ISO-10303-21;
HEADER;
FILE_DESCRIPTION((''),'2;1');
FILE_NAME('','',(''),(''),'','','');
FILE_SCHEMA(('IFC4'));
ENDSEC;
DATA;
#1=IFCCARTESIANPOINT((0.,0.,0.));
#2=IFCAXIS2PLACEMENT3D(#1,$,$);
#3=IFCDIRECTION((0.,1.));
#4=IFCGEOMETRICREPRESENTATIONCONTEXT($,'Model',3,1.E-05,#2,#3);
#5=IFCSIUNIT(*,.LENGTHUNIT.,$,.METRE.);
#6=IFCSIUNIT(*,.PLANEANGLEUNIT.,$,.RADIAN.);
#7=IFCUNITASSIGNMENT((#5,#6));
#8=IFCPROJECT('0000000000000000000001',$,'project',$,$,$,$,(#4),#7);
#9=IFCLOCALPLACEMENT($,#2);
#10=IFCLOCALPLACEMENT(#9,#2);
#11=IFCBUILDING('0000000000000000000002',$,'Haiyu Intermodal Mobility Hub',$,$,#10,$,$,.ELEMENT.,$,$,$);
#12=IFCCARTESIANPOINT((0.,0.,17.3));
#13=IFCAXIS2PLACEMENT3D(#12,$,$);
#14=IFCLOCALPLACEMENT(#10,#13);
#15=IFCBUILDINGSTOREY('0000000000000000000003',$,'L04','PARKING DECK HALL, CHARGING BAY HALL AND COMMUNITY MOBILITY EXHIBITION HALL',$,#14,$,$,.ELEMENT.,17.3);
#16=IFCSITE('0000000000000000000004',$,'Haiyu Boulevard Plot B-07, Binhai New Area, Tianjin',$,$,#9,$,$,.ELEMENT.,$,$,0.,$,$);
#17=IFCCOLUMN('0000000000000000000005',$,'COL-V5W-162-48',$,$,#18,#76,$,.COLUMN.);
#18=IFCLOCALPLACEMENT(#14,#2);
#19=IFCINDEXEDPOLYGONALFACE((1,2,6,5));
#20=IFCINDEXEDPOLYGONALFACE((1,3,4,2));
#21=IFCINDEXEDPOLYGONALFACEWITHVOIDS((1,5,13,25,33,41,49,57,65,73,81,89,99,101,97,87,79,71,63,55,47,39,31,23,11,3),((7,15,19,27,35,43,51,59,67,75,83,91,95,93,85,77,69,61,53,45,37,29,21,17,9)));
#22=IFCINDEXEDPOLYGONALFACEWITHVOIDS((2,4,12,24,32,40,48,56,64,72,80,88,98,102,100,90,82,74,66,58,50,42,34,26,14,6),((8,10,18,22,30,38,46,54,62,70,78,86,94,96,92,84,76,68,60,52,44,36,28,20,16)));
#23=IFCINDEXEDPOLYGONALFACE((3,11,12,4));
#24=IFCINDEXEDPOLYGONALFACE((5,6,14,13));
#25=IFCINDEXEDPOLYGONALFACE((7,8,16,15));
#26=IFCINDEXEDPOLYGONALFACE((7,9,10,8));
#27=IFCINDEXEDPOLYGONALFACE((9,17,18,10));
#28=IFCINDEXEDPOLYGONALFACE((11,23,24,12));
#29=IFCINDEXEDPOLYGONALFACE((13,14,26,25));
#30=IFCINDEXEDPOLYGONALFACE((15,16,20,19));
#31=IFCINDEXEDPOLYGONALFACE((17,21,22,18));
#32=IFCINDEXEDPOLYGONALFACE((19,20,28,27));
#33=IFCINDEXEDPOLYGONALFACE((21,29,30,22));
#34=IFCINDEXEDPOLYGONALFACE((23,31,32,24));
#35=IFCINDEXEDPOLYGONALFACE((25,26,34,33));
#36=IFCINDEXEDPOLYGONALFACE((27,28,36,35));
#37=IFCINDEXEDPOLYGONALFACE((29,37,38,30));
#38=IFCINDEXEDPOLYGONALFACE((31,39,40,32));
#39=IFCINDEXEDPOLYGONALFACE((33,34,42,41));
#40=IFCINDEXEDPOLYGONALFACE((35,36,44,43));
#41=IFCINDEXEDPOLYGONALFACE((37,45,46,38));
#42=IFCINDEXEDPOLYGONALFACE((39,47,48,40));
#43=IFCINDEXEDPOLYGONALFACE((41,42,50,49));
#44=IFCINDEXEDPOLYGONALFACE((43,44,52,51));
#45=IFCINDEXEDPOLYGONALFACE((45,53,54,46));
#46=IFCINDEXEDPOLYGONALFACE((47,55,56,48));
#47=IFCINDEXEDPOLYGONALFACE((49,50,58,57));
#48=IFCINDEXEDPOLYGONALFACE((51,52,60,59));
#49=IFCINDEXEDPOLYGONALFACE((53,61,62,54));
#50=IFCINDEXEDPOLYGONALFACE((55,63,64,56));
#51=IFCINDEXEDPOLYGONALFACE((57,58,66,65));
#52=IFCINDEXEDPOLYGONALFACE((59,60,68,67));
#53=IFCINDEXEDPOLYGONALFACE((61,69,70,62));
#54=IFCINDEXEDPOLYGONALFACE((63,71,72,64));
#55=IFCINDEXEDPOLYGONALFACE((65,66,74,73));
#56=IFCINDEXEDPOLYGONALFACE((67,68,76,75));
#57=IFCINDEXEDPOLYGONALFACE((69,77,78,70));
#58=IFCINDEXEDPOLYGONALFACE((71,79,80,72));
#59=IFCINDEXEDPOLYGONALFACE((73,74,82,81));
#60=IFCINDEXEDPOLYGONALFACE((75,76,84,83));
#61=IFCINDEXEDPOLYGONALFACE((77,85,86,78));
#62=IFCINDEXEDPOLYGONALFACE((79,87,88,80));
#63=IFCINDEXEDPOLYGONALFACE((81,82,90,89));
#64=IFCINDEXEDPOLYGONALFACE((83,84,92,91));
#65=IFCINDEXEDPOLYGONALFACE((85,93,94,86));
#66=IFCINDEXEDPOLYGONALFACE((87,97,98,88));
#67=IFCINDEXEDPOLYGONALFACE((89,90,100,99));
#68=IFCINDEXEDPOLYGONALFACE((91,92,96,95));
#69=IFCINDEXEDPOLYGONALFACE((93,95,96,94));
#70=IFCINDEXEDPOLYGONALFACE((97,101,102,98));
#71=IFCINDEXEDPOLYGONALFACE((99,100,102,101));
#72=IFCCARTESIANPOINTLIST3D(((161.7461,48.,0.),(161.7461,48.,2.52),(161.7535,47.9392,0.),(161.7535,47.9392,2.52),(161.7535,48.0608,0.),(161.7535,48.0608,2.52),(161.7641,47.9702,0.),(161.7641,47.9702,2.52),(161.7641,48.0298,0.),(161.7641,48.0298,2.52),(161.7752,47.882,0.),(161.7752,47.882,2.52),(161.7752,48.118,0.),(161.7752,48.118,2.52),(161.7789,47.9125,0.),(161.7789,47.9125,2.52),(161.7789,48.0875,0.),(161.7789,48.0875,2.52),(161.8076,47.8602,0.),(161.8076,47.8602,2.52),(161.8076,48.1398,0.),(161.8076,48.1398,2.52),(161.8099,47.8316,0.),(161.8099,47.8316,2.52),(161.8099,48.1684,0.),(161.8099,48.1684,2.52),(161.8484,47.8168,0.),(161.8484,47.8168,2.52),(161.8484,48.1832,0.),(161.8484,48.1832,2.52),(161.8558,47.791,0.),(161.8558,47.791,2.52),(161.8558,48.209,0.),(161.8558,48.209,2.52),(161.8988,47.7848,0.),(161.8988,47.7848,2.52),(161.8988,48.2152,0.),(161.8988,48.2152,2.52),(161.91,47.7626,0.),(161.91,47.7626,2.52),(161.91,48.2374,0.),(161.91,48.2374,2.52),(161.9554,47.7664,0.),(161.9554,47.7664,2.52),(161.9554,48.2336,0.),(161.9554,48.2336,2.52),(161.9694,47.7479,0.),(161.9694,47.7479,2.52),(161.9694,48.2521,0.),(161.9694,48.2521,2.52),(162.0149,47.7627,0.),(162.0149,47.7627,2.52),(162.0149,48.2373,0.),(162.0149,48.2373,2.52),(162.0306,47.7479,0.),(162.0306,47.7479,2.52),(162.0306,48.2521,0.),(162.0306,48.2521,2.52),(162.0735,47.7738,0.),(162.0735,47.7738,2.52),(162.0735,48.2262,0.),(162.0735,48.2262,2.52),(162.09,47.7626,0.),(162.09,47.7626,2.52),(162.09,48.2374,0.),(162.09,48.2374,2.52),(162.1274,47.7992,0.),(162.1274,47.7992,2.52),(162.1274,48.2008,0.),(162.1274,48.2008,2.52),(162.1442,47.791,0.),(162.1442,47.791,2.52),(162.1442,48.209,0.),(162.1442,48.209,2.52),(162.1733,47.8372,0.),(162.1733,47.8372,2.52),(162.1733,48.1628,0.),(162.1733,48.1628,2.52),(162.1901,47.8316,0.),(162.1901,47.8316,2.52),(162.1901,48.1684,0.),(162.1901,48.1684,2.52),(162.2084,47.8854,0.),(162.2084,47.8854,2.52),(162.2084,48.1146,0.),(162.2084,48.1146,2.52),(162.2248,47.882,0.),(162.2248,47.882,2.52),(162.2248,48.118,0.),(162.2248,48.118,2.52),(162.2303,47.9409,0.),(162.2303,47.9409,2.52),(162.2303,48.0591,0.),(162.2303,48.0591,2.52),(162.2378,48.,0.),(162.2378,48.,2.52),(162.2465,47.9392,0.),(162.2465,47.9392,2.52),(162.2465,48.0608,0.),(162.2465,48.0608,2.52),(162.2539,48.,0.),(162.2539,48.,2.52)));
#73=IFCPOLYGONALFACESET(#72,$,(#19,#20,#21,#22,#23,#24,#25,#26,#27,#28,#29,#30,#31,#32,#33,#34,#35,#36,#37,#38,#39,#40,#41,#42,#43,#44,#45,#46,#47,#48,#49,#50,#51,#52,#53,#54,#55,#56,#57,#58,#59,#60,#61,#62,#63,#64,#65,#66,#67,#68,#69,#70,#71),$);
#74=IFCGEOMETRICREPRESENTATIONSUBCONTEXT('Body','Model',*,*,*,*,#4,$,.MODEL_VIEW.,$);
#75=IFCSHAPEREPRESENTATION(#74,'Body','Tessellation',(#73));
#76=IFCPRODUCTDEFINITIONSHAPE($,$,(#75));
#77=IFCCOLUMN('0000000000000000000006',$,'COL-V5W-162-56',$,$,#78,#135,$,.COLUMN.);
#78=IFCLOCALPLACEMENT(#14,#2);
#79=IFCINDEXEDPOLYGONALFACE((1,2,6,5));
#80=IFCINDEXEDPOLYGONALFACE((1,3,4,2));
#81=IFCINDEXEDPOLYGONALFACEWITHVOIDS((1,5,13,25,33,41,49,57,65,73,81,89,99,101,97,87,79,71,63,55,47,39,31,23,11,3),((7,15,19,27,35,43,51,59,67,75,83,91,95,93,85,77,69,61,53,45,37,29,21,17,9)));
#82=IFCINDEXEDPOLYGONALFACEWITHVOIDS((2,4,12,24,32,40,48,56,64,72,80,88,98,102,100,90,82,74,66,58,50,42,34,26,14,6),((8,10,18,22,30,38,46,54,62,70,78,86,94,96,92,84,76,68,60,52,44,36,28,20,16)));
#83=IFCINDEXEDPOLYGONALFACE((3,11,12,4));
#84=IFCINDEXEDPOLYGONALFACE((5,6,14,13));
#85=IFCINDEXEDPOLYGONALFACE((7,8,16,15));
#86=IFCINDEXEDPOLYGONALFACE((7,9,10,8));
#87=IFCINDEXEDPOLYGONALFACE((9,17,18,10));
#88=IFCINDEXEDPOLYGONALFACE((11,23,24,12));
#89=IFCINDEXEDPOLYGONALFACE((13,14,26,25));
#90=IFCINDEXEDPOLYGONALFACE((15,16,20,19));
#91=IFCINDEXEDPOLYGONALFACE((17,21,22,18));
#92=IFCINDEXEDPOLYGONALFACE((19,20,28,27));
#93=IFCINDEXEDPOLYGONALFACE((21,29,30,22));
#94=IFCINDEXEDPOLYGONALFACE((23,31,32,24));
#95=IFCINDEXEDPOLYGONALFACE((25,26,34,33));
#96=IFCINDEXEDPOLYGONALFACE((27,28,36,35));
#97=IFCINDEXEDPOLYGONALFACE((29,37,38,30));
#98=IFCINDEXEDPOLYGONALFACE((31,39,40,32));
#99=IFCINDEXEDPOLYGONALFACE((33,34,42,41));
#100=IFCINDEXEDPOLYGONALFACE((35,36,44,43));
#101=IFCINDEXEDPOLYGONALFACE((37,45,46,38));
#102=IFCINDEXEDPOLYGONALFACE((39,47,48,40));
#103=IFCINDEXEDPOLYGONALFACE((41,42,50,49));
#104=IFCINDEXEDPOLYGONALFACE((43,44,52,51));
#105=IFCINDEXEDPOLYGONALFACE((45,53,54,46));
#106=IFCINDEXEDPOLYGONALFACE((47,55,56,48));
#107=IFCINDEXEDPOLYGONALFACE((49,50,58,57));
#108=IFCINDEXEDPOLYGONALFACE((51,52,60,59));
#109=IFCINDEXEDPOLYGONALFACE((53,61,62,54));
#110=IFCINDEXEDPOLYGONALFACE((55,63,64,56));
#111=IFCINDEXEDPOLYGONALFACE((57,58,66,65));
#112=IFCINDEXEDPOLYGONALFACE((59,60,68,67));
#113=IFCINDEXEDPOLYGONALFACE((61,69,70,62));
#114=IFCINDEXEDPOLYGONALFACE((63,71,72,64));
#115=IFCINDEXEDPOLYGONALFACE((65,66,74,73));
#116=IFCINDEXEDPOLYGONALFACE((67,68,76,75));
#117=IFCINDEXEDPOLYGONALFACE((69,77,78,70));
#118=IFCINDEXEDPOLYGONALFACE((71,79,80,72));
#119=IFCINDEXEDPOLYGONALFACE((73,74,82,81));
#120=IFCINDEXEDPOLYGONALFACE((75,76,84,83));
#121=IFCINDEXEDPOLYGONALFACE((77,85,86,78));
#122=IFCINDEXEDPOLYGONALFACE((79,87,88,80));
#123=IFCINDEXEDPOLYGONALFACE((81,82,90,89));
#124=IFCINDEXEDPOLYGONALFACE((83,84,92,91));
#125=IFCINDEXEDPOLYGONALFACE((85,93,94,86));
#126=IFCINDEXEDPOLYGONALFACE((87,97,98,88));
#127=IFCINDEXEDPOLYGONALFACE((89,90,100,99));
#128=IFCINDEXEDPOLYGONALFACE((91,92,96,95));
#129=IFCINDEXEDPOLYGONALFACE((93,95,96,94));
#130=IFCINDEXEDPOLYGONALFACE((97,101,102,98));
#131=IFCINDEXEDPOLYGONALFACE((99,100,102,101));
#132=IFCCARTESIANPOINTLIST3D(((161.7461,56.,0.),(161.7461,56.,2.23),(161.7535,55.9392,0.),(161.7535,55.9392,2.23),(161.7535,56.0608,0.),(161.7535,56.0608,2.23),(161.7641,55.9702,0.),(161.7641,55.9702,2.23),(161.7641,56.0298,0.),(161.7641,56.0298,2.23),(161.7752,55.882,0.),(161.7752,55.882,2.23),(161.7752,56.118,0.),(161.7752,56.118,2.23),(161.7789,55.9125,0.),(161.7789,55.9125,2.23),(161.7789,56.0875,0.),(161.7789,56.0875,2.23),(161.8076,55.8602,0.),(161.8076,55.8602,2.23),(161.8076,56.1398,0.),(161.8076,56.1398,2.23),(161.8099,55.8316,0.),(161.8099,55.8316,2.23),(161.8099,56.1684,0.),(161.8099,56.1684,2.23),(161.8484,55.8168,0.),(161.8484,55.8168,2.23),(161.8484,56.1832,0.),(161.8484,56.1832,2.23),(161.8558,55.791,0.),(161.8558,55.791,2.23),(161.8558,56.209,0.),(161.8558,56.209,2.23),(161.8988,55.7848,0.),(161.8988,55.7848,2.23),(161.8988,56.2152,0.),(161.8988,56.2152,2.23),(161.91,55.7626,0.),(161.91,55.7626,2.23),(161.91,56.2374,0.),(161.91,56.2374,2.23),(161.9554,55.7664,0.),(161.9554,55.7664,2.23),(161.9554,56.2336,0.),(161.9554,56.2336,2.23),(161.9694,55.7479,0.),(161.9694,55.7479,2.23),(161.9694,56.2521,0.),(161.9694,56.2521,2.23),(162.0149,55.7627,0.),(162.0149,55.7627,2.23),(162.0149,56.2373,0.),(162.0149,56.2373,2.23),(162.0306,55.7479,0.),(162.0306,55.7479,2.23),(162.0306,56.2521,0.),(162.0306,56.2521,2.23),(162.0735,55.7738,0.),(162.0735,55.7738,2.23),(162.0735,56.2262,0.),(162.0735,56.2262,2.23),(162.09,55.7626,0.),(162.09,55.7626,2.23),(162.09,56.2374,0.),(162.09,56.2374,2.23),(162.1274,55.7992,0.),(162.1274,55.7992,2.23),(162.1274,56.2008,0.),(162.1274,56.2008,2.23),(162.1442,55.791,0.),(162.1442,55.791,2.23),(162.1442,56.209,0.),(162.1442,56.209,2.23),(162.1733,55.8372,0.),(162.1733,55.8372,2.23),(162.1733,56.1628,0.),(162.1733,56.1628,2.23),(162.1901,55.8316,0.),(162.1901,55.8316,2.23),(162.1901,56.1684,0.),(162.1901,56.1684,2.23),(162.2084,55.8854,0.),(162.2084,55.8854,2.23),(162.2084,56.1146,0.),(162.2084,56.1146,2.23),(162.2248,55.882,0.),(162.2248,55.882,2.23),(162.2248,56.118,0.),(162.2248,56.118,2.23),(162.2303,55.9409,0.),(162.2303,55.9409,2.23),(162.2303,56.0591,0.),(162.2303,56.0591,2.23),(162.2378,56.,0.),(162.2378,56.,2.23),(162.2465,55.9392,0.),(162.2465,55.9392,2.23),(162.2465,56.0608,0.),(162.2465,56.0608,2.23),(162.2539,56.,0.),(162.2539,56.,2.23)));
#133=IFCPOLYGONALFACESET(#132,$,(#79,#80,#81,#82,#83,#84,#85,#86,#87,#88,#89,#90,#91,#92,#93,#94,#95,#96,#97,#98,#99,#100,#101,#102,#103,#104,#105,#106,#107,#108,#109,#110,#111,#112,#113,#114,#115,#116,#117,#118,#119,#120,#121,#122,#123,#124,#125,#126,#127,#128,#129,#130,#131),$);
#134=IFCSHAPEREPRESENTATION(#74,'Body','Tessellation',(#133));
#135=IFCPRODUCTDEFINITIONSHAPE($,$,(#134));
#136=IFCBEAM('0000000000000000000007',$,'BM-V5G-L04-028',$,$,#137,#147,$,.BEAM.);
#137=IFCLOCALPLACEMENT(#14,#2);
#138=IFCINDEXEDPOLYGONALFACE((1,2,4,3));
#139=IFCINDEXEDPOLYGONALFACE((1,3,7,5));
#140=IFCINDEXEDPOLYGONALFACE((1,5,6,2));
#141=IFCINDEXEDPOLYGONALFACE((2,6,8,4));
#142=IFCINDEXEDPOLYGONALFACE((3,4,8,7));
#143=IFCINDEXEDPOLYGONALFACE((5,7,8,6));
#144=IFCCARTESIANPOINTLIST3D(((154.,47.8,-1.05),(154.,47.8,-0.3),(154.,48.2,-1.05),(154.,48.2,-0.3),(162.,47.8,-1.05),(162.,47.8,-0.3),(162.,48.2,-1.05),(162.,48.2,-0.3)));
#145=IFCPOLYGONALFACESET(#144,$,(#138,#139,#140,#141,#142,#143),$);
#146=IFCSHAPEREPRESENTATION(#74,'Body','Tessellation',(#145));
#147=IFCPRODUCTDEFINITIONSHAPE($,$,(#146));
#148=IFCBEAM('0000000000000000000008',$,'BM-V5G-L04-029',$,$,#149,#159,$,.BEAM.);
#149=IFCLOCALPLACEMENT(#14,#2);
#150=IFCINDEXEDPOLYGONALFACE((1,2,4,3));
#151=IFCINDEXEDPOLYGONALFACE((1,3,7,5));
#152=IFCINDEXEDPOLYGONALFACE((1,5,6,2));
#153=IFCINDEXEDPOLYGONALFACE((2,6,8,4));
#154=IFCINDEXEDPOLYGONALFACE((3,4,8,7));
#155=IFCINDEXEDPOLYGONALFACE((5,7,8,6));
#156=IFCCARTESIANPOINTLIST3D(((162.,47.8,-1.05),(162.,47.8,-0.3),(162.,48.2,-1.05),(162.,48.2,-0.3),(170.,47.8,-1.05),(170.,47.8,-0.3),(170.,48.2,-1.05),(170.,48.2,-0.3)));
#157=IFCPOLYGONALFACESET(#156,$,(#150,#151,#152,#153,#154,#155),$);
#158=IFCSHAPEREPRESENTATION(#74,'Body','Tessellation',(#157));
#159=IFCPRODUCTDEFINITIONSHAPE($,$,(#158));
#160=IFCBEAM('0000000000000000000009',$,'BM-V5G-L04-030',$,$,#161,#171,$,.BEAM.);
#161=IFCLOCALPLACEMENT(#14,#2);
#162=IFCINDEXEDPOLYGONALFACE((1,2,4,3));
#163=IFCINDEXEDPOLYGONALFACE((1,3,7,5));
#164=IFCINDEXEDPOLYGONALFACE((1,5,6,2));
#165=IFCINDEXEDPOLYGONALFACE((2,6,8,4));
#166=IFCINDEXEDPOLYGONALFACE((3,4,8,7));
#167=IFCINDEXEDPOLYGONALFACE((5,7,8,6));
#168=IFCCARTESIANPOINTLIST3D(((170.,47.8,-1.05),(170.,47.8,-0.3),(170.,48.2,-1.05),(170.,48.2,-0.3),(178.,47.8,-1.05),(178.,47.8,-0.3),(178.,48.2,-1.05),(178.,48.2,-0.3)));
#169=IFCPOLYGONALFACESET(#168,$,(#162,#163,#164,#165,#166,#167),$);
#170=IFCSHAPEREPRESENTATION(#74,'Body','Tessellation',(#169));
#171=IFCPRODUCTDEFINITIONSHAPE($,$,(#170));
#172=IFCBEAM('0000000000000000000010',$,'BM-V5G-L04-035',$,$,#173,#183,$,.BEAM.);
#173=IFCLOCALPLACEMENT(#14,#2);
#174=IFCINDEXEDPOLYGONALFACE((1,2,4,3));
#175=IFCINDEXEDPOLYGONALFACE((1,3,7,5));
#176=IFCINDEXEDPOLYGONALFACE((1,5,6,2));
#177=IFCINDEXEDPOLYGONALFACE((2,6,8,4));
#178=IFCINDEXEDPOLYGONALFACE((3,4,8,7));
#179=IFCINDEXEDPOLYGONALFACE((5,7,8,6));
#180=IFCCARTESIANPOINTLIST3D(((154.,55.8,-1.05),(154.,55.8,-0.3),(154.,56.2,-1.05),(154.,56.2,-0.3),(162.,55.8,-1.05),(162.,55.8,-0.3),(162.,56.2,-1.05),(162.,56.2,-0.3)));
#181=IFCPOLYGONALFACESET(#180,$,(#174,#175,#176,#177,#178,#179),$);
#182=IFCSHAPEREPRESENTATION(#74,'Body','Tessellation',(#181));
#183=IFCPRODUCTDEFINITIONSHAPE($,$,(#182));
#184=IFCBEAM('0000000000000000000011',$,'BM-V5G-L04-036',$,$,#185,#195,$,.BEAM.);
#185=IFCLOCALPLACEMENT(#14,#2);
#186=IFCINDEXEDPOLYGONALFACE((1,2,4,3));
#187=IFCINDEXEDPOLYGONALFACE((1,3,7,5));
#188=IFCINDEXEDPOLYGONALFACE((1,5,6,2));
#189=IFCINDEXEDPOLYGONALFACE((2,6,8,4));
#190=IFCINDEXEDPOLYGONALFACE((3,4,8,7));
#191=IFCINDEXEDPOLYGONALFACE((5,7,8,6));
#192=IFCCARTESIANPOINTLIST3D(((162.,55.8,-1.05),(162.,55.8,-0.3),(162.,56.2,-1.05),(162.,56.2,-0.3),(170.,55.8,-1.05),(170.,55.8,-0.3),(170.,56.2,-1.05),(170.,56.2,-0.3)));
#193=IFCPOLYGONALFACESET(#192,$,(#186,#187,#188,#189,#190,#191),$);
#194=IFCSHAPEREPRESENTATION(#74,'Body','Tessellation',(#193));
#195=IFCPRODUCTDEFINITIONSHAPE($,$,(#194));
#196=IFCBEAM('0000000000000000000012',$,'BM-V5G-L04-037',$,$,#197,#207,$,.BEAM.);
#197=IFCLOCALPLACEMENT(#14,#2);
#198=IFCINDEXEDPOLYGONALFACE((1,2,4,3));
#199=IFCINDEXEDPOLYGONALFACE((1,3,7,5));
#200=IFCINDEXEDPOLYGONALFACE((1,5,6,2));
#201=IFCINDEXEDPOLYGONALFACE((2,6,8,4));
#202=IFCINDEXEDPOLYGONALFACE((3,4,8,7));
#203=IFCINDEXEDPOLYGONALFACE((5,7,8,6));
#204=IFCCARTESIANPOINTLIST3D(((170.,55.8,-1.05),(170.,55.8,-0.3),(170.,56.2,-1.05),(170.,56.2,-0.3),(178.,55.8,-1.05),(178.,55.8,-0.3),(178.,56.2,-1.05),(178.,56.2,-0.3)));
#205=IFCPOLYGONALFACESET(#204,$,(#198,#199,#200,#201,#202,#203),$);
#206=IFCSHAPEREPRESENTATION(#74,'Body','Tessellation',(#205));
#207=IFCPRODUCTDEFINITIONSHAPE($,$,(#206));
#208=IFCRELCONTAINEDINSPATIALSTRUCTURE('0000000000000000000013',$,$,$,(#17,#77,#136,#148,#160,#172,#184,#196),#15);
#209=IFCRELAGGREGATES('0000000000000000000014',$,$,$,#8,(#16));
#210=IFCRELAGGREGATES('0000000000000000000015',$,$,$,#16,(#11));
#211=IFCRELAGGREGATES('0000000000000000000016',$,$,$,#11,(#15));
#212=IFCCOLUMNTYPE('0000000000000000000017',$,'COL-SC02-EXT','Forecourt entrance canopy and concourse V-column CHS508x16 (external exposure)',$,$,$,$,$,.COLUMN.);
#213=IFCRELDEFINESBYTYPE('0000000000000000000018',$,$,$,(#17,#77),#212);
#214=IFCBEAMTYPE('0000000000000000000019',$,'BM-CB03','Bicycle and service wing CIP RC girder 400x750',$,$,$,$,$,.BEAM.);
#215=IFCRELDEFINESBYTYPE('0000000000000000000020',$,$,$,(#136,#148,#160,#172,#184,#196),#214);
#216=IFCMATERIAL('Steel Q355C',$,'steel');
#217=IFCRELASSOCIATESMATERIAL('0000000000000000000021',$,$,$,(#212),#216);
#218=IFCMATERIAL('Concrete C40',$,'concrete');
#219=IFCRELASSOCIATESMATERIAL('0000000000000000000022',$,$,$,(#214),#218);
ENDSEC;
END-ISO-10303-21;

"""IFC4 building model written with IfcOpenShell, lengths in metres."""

from ifc_helpers import new_model, si_unit, direction, frame, origin, origin_2d, place, context, subcontext, project, spatial, rectangle, hollow_circle, extrude, material, material_profile, profile_set, type_object, element, save


model = new_model("IFC4")

# Units and contexts
model_context = context("Model", 3, precision=1e-05, world=origin(), true_north=direction((0.0, 1.0)))
body_context = subcontext(model_context, "Body", "Model", "MODEL_VIEW")
ifc_project = project(units=[si_unit("LENGTHUNIT", "METRE"), si_unit("PLANEANGLEUNIT", "RADIAN")], contexts=[model_context])

# Site, building, storey
site_placement = place(None, origin())
site = spatial("IfcSite", under=ifc_project, at=site_placement, Name="Haiyu Boulevard Plot B-07, Binhai New Area, Tianjin", CompositionType="ELEMENT", RefElevation=0.0)
building_placement = place(site_placement, origin())
building = spatial("IfcBuilding", under=site, at=building_placement, Name="Haiyu Intermodal Mobility Hub", CompositionType="ELEMENT")
storey_placement = place(building_placement, frame((0.0, 0.0, 17.3)))
storey = spatial("IfcBuildingStorey", under=building, at=storey_placement, Name="L04", Description="PARKING DECK HALL, CHARGING BAY HALL AND COMMUNITY MOBILITY EXHIBITION HALL", CompositionType="ELEMENT", Elevation=17.3)

# Columns
ifc_material_1 = material(Name="Steel Q355C", Category="steel")
ifc_material_profile_1 = material_profile(ifc_material_1, hollow_circle(Radius=0.2539, WallThickness=0.0161, at=origin_2d()), Name="CHS508x16")
ifc_profile_set_1 = profile_set([ifc_material_profile_1], Name="Steel Q355C")
column_type = type_object("IfcColumnType", Name="COL-SC02-EXT", Description="Forecourt entrance canopy and concourse V-column CHS508x16 (external exposure)", PredefinedType="COLUMN", material=ifc_profile_set_1)
column_1_placement = place(storey_placement, frame((162.0, 48.0, 0.0), z_axis=(0.0, 0.0, 1.0), x_axis=(1.0, 0.0, 0.0)))
element("IfcColumn", 1, at=column_1_placement, inside=storey, type_object=column_type, Name="COL-V5W-162-48", PredefinedType="COLUMN", context=body_context, shape_type="SweptSolid", body=[
    extrude(hollow_circle(Radius=0.2539, WallThickness=0.0161, at=origin_2d()), origin(), (0.0, 0.0, 1.0), 2.52),
])
column_2_placement = place(storey_placement, frame((162.0, 56.0, 0.0), z_axis=(0.0, 0.0, 1.0), x_axis=(1.0, 0.0, 0.0)))
element("IfcColumn", 2, at=column_2_placement, inside=storey, type_object=column_type, Name="COL-V5W-162-56", PredefinedType="COLUMN", context=body_context, shape_type="SweptSolid", body=[
    extrude(hollow_circle(Radius=0.2539, WallThickness=0.0161, at=origin_2d()), origin(), (0.0, 0.0, 1.0), 2.23),
])

# Beams
ifc_material_2 = material(Name="Concrete C40", Category="concrete")
ifc_material_profile_2 = material_profile(ifc_material_2, rectangle(XDim=0.3999, YDim=0.75, at=origin_2d()), Name="RCB400x750")
ifc_profile_set_2 = profile_set([ifc_material_profile_2], Name="Concrete C40")
beam_type_1 = type_object("IfcBeamType", Name="BM-CB03", Description="Bicycle and service wing CIP RC girder 400x750", PredefinedType="BEAM", material=ifc_profile_set_2)
for number, where, z_axis, x_axis, name in (
    (3, (154.0, 48.0, -0.675), (1.0, 0.0, 0.0), (0.0, 1.0, 0.0), "BM-V5G-L04-028"),
    (4, (162.0, 48.0, -0.675), (1.0, 0.0, 0.0), (0.0, 1.0, 0.0), "BM-V5G-L04-029"),
    (5, (170.0, 48.0, -0.675), (1.0, 0.0, 0.0), (0.0, 1.0, 0.0), "BM-V5G-L04-030"),
    (6, (154.0, 56.0, -0.675), (1.0, 0.0, 0.0), (0.0, 1.0, 0.0), "BM-V5G-L04-035"),
    (7, (162.0, 56.0, -0.675), (1.0, 0.0, 0.0), (0.0, 1.0, 0.0), "BM-V5G-L04-036"),
    (8, (170.0, 56.0, -0.675), (1.0, 0.0, 0.0), (0.0, 1.0, 0.0), "BM-V5G-L04-037"),
):
    element("IfcBeam", number, at=place(storey_placement, frame(where, z_axis=z_axis, x_axis=x_axis)), inside=storey, type_object=beam_type_1, Name=name, PredefinedType="BEAM", context=body_context, shape_type="SweptSolid", body=[
        extrude(rectangle(XDim=0.3999, YDim=0.75, at=origin_2d()), origin(), (0.0, 0.0, 1.0), 8.0),
    ])

save(model, "model.ifc")
